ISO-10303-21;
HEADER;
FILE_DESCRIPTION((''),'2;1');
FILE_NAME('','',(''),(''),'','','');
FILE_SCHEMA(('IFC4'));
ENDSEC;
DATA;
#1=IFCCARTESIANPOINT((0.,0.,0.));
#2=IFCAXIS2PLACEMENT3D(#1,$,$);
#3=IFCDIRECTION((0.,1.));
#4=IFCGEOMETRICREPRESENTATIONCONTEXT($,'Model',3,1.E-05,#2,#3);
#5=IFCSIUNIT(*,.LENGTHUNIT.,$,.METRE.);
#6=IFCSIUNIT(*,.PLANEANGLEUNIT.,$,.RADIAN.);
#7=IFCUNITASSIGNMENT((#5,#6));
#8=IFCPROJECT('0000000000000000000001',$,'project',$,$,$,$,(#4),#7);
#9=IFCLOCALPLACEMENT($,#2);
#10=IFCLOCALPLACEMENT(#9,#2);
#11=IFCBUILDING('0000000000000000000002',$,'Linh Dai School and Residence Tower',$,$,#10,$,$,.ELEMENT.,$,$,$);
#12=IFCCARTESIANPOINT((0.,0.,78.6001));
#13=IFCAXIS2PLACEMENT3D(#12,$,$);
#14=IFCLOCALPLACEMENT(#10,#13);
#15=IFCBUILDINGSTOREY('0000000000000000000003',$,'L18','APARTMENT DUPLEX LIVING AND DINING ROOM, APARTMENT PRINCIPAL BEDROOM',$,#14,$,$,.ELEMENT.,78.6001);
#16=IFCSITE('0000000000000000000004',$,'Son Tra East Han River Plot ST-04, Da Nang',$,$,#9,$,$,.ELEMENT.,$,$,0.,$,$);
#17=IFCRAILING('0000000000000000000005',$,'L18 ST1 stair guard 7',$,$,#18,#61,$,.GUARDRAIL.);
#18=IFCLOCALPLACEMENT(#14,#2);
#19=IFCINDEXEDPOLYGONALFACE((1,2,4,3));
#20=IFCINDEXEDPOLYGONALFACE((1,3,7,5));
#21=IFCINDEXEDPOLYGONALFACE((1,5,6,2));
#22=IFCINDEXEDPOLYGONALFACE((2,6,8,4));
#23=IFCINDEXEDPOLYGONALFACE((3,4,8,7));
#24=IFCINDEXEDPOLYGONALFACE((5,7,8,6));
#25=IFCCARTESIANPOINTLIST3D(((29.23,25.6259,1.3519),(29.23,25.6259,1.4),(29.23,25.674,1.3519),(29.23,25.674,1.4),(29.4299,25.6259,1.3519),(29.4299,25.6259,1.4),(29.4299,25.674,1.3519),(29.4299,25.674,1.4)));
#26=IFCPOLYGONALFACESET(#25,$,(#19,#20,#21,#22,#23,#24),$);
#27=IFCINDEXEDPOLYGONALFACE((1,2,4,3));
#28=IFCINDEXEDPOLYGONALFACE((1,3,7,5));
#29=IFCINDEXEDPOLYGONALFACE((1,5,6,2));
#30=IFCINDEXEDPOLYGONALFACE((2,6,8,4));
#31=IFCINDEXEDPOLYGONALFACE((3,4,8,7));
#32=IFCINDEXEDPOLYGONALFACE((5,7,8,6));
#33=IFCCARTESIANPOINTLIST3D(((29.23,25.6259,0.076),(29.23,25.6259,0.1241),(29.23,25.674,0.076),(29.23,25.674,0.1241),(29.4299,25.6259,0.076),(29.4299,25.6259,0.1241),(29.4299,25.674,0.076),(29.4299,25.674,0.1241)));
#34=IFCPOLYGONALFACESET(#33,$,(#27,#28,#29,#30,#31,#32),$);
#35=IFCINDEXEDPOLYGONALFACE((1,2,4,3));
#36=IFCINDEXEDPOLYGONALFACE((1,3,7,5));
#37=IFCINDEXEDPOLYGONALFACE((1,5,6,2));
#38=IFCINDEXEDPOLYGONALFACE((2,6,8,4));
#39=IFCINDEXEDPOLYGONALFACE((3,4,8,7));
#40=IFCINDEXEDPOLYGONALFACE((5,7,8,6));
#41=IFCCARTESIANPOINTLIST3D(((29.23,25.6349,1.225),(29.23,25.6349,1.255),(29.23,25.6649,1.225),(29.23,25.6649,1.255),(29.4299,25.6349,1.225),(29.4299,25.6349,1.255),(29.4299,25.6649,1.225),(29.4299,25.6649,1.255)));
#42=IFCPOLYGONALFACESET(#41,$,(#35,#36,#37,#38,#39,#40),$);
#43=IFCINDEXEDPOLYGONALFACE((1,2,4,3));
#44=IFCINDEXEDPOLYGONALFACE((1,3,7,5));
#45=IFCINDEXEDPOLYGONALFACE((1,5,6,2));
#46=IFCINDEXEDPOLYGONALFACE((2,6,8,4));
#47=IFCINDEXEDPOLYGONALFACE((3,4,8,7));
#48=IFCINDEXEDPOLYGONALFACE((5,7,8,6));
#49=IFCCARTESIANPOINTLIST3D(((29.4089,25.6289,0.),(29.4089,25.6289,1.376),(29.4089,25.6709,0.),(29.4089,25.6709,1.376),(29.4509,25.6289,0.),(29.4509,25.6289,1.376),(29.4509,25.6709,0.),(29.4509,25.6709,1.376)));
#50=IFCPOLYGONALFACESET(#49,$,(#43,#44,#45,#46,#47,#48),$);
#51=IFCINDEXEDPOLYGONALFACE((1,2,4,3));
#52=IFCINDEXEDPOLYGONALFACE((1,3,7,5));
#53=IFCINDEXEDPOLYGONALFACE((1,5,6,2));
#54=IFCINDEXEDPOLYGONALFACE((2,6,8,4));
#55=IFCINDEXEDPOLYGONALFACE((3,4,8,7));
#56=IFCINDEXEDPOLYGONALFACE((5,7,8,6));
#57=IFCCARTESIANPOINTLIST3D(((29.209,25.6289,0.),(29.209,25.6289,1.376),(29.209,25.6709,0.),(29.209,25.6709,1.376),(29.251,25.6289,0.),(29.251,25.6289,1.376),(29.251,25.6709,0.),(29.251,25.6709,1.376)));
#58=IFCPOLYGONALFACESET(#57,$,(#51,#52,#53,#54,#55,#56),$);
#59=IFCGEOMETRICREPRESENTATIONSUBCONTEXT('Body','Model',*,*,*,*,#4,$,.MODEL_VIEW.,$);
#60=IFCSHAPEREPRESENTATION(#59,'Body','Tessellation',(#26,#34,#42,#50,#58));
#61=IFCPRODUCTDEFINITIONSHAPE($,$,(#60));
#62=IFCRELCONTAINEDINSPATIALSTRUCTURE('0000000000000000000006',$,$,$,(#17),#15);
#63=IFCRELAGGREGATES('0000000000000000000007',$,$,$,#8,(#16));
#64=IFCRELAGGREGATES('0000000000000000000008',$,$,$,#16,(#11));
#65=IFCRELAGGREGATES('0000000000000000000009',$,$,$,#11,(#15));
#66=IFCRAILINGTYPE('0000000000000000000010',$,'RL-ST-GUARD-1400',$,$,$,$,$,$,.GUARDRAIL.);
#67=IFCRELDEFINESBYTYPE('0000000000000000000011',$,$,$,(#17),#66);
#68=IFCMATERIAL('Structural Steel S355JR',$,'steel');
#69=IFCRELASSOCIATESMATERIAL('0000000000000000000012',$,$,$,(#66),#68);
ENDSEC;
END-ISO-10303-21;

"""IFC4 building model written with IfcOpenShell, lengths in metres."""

from ifc_helpers import new_model, si_unit, direction, frame, origin, origin_2d, place, context, subcontext, project, spatial, rectangle, extrude, source, transform, mapped, material, type_object, element, save


model = new_model("IFC4")

# Units and contexts
model_context = context("Model", 3, precision=1e-05, world=origin(), true_north=direction((0.0, 1.0)))
body_context = subcontext(model_context, "Body", "Model", "MODEL_VIEW")
ifc_project = project(units=[si_unit("LENGTHUNIT", "METRE"), si_unit("PLANEANGLEUNIT", "RADIAN")], contexts=[model_context])

# Site, building, storey
site_placement = place(None, origin())
site = spatial("IfcSite", under=ifc_project, at=site_placement, Name="Son Tra East Han River Plot ST-04, Da Nang", CompositionType="ELEMENT", RefElevation=0.0)
building_placement = place(site_placement, origin())
building = spatial("IfcBuilding", under=site, at=building_placement, Name="Linh Dai School and Residence Tower", CompositionType="ELEMENT")
storey_placement = place(building_placement, frame((0.0, 0.0, 78.6001)))
storey = spatial("IfcBuildingStorey", under=building, at=storey_placement, Name="L18", Description="APARTMENT DUPLEX LIVING AND DINING ROOM, APARTMENT PRINCIPAL BEDROOM", CompositionType="ELEMENT", Elevation=78.6001)

# Shared definitions
ifc_material_1 = material(Name="Structural Steel S355JR", Category="steel")

# Railing
railing_type_1 = type_object("IfcRailingType", Name="RL-ST-GUARD-1400", PredefinedType="GUARDRAIL", material=ifc_material_1)
shared_shape_1 = source(origin(), body_context, "Body", "SweptSolid", [
    extrude(rectangle(XDim=0.0481, YDim=0.0481, at=origin_2d()), frame((0.0, 0.0, 1.376), z_axis=(-1.0, 0.0, 0.0), x_axis=(0.0, -1.0, 0.0)), (0.0, 0.0, 1.0), 0.2),
    extrude(rectangle(XDim=0.0481, YDim=0.0481, at=origin_2d()), frame((0.0, 0.0, 0.1001), z_axis=(-1.0, 0.0, 0.0), x_axis=(0.0, -1.0, 0.0)), (0.0, 0.0, 1.0), 0.2),
    extrude(rectangle(XDim=0.03, YDim=0.03, at=origin_2d()), frame((0.0, 0.0, 1.24), z_axis=(-1.0, 0.0, 0.0), x_axis=(0.0, -1.0, 0.0)), (0.0, 0.0, 1.0), 0.2),
    extrude(rectangle(XDim=0.042, YDim=0.042, at=origin_2d()), origin(), (0.0, 0.0, 1.0), 1.376),
    extrude(rectangle(XDim=0.042, YDim=0.042, at=origin_2d()), frame((-0.2, 0.0, 0.0)), (0.0, 0.0, 1.0), 1.376),
])
railing_1_placement = place(storey_placement, frame((29.4299, 25.6499, 0.0)))
element("IfcRailing", 1, at=railing_1_placement, inside=storey, type_object=railing_type_1, Name="L18 ST1 stair guard 7", PredefinedType="GUARDRAIL", context=body_context, shape_type="MappedRepresentation", body=[
    mapped(shared_shape_1, transform((0.0, 0.0, 0.0), x_axis=(1.0, 0.0, 0.0), y_axis=(0.0, 1.0, 0.0), z_axis=(0.0, 0.0, 1.0), scale=1.0)),
])

save(model, "model.ifc")
